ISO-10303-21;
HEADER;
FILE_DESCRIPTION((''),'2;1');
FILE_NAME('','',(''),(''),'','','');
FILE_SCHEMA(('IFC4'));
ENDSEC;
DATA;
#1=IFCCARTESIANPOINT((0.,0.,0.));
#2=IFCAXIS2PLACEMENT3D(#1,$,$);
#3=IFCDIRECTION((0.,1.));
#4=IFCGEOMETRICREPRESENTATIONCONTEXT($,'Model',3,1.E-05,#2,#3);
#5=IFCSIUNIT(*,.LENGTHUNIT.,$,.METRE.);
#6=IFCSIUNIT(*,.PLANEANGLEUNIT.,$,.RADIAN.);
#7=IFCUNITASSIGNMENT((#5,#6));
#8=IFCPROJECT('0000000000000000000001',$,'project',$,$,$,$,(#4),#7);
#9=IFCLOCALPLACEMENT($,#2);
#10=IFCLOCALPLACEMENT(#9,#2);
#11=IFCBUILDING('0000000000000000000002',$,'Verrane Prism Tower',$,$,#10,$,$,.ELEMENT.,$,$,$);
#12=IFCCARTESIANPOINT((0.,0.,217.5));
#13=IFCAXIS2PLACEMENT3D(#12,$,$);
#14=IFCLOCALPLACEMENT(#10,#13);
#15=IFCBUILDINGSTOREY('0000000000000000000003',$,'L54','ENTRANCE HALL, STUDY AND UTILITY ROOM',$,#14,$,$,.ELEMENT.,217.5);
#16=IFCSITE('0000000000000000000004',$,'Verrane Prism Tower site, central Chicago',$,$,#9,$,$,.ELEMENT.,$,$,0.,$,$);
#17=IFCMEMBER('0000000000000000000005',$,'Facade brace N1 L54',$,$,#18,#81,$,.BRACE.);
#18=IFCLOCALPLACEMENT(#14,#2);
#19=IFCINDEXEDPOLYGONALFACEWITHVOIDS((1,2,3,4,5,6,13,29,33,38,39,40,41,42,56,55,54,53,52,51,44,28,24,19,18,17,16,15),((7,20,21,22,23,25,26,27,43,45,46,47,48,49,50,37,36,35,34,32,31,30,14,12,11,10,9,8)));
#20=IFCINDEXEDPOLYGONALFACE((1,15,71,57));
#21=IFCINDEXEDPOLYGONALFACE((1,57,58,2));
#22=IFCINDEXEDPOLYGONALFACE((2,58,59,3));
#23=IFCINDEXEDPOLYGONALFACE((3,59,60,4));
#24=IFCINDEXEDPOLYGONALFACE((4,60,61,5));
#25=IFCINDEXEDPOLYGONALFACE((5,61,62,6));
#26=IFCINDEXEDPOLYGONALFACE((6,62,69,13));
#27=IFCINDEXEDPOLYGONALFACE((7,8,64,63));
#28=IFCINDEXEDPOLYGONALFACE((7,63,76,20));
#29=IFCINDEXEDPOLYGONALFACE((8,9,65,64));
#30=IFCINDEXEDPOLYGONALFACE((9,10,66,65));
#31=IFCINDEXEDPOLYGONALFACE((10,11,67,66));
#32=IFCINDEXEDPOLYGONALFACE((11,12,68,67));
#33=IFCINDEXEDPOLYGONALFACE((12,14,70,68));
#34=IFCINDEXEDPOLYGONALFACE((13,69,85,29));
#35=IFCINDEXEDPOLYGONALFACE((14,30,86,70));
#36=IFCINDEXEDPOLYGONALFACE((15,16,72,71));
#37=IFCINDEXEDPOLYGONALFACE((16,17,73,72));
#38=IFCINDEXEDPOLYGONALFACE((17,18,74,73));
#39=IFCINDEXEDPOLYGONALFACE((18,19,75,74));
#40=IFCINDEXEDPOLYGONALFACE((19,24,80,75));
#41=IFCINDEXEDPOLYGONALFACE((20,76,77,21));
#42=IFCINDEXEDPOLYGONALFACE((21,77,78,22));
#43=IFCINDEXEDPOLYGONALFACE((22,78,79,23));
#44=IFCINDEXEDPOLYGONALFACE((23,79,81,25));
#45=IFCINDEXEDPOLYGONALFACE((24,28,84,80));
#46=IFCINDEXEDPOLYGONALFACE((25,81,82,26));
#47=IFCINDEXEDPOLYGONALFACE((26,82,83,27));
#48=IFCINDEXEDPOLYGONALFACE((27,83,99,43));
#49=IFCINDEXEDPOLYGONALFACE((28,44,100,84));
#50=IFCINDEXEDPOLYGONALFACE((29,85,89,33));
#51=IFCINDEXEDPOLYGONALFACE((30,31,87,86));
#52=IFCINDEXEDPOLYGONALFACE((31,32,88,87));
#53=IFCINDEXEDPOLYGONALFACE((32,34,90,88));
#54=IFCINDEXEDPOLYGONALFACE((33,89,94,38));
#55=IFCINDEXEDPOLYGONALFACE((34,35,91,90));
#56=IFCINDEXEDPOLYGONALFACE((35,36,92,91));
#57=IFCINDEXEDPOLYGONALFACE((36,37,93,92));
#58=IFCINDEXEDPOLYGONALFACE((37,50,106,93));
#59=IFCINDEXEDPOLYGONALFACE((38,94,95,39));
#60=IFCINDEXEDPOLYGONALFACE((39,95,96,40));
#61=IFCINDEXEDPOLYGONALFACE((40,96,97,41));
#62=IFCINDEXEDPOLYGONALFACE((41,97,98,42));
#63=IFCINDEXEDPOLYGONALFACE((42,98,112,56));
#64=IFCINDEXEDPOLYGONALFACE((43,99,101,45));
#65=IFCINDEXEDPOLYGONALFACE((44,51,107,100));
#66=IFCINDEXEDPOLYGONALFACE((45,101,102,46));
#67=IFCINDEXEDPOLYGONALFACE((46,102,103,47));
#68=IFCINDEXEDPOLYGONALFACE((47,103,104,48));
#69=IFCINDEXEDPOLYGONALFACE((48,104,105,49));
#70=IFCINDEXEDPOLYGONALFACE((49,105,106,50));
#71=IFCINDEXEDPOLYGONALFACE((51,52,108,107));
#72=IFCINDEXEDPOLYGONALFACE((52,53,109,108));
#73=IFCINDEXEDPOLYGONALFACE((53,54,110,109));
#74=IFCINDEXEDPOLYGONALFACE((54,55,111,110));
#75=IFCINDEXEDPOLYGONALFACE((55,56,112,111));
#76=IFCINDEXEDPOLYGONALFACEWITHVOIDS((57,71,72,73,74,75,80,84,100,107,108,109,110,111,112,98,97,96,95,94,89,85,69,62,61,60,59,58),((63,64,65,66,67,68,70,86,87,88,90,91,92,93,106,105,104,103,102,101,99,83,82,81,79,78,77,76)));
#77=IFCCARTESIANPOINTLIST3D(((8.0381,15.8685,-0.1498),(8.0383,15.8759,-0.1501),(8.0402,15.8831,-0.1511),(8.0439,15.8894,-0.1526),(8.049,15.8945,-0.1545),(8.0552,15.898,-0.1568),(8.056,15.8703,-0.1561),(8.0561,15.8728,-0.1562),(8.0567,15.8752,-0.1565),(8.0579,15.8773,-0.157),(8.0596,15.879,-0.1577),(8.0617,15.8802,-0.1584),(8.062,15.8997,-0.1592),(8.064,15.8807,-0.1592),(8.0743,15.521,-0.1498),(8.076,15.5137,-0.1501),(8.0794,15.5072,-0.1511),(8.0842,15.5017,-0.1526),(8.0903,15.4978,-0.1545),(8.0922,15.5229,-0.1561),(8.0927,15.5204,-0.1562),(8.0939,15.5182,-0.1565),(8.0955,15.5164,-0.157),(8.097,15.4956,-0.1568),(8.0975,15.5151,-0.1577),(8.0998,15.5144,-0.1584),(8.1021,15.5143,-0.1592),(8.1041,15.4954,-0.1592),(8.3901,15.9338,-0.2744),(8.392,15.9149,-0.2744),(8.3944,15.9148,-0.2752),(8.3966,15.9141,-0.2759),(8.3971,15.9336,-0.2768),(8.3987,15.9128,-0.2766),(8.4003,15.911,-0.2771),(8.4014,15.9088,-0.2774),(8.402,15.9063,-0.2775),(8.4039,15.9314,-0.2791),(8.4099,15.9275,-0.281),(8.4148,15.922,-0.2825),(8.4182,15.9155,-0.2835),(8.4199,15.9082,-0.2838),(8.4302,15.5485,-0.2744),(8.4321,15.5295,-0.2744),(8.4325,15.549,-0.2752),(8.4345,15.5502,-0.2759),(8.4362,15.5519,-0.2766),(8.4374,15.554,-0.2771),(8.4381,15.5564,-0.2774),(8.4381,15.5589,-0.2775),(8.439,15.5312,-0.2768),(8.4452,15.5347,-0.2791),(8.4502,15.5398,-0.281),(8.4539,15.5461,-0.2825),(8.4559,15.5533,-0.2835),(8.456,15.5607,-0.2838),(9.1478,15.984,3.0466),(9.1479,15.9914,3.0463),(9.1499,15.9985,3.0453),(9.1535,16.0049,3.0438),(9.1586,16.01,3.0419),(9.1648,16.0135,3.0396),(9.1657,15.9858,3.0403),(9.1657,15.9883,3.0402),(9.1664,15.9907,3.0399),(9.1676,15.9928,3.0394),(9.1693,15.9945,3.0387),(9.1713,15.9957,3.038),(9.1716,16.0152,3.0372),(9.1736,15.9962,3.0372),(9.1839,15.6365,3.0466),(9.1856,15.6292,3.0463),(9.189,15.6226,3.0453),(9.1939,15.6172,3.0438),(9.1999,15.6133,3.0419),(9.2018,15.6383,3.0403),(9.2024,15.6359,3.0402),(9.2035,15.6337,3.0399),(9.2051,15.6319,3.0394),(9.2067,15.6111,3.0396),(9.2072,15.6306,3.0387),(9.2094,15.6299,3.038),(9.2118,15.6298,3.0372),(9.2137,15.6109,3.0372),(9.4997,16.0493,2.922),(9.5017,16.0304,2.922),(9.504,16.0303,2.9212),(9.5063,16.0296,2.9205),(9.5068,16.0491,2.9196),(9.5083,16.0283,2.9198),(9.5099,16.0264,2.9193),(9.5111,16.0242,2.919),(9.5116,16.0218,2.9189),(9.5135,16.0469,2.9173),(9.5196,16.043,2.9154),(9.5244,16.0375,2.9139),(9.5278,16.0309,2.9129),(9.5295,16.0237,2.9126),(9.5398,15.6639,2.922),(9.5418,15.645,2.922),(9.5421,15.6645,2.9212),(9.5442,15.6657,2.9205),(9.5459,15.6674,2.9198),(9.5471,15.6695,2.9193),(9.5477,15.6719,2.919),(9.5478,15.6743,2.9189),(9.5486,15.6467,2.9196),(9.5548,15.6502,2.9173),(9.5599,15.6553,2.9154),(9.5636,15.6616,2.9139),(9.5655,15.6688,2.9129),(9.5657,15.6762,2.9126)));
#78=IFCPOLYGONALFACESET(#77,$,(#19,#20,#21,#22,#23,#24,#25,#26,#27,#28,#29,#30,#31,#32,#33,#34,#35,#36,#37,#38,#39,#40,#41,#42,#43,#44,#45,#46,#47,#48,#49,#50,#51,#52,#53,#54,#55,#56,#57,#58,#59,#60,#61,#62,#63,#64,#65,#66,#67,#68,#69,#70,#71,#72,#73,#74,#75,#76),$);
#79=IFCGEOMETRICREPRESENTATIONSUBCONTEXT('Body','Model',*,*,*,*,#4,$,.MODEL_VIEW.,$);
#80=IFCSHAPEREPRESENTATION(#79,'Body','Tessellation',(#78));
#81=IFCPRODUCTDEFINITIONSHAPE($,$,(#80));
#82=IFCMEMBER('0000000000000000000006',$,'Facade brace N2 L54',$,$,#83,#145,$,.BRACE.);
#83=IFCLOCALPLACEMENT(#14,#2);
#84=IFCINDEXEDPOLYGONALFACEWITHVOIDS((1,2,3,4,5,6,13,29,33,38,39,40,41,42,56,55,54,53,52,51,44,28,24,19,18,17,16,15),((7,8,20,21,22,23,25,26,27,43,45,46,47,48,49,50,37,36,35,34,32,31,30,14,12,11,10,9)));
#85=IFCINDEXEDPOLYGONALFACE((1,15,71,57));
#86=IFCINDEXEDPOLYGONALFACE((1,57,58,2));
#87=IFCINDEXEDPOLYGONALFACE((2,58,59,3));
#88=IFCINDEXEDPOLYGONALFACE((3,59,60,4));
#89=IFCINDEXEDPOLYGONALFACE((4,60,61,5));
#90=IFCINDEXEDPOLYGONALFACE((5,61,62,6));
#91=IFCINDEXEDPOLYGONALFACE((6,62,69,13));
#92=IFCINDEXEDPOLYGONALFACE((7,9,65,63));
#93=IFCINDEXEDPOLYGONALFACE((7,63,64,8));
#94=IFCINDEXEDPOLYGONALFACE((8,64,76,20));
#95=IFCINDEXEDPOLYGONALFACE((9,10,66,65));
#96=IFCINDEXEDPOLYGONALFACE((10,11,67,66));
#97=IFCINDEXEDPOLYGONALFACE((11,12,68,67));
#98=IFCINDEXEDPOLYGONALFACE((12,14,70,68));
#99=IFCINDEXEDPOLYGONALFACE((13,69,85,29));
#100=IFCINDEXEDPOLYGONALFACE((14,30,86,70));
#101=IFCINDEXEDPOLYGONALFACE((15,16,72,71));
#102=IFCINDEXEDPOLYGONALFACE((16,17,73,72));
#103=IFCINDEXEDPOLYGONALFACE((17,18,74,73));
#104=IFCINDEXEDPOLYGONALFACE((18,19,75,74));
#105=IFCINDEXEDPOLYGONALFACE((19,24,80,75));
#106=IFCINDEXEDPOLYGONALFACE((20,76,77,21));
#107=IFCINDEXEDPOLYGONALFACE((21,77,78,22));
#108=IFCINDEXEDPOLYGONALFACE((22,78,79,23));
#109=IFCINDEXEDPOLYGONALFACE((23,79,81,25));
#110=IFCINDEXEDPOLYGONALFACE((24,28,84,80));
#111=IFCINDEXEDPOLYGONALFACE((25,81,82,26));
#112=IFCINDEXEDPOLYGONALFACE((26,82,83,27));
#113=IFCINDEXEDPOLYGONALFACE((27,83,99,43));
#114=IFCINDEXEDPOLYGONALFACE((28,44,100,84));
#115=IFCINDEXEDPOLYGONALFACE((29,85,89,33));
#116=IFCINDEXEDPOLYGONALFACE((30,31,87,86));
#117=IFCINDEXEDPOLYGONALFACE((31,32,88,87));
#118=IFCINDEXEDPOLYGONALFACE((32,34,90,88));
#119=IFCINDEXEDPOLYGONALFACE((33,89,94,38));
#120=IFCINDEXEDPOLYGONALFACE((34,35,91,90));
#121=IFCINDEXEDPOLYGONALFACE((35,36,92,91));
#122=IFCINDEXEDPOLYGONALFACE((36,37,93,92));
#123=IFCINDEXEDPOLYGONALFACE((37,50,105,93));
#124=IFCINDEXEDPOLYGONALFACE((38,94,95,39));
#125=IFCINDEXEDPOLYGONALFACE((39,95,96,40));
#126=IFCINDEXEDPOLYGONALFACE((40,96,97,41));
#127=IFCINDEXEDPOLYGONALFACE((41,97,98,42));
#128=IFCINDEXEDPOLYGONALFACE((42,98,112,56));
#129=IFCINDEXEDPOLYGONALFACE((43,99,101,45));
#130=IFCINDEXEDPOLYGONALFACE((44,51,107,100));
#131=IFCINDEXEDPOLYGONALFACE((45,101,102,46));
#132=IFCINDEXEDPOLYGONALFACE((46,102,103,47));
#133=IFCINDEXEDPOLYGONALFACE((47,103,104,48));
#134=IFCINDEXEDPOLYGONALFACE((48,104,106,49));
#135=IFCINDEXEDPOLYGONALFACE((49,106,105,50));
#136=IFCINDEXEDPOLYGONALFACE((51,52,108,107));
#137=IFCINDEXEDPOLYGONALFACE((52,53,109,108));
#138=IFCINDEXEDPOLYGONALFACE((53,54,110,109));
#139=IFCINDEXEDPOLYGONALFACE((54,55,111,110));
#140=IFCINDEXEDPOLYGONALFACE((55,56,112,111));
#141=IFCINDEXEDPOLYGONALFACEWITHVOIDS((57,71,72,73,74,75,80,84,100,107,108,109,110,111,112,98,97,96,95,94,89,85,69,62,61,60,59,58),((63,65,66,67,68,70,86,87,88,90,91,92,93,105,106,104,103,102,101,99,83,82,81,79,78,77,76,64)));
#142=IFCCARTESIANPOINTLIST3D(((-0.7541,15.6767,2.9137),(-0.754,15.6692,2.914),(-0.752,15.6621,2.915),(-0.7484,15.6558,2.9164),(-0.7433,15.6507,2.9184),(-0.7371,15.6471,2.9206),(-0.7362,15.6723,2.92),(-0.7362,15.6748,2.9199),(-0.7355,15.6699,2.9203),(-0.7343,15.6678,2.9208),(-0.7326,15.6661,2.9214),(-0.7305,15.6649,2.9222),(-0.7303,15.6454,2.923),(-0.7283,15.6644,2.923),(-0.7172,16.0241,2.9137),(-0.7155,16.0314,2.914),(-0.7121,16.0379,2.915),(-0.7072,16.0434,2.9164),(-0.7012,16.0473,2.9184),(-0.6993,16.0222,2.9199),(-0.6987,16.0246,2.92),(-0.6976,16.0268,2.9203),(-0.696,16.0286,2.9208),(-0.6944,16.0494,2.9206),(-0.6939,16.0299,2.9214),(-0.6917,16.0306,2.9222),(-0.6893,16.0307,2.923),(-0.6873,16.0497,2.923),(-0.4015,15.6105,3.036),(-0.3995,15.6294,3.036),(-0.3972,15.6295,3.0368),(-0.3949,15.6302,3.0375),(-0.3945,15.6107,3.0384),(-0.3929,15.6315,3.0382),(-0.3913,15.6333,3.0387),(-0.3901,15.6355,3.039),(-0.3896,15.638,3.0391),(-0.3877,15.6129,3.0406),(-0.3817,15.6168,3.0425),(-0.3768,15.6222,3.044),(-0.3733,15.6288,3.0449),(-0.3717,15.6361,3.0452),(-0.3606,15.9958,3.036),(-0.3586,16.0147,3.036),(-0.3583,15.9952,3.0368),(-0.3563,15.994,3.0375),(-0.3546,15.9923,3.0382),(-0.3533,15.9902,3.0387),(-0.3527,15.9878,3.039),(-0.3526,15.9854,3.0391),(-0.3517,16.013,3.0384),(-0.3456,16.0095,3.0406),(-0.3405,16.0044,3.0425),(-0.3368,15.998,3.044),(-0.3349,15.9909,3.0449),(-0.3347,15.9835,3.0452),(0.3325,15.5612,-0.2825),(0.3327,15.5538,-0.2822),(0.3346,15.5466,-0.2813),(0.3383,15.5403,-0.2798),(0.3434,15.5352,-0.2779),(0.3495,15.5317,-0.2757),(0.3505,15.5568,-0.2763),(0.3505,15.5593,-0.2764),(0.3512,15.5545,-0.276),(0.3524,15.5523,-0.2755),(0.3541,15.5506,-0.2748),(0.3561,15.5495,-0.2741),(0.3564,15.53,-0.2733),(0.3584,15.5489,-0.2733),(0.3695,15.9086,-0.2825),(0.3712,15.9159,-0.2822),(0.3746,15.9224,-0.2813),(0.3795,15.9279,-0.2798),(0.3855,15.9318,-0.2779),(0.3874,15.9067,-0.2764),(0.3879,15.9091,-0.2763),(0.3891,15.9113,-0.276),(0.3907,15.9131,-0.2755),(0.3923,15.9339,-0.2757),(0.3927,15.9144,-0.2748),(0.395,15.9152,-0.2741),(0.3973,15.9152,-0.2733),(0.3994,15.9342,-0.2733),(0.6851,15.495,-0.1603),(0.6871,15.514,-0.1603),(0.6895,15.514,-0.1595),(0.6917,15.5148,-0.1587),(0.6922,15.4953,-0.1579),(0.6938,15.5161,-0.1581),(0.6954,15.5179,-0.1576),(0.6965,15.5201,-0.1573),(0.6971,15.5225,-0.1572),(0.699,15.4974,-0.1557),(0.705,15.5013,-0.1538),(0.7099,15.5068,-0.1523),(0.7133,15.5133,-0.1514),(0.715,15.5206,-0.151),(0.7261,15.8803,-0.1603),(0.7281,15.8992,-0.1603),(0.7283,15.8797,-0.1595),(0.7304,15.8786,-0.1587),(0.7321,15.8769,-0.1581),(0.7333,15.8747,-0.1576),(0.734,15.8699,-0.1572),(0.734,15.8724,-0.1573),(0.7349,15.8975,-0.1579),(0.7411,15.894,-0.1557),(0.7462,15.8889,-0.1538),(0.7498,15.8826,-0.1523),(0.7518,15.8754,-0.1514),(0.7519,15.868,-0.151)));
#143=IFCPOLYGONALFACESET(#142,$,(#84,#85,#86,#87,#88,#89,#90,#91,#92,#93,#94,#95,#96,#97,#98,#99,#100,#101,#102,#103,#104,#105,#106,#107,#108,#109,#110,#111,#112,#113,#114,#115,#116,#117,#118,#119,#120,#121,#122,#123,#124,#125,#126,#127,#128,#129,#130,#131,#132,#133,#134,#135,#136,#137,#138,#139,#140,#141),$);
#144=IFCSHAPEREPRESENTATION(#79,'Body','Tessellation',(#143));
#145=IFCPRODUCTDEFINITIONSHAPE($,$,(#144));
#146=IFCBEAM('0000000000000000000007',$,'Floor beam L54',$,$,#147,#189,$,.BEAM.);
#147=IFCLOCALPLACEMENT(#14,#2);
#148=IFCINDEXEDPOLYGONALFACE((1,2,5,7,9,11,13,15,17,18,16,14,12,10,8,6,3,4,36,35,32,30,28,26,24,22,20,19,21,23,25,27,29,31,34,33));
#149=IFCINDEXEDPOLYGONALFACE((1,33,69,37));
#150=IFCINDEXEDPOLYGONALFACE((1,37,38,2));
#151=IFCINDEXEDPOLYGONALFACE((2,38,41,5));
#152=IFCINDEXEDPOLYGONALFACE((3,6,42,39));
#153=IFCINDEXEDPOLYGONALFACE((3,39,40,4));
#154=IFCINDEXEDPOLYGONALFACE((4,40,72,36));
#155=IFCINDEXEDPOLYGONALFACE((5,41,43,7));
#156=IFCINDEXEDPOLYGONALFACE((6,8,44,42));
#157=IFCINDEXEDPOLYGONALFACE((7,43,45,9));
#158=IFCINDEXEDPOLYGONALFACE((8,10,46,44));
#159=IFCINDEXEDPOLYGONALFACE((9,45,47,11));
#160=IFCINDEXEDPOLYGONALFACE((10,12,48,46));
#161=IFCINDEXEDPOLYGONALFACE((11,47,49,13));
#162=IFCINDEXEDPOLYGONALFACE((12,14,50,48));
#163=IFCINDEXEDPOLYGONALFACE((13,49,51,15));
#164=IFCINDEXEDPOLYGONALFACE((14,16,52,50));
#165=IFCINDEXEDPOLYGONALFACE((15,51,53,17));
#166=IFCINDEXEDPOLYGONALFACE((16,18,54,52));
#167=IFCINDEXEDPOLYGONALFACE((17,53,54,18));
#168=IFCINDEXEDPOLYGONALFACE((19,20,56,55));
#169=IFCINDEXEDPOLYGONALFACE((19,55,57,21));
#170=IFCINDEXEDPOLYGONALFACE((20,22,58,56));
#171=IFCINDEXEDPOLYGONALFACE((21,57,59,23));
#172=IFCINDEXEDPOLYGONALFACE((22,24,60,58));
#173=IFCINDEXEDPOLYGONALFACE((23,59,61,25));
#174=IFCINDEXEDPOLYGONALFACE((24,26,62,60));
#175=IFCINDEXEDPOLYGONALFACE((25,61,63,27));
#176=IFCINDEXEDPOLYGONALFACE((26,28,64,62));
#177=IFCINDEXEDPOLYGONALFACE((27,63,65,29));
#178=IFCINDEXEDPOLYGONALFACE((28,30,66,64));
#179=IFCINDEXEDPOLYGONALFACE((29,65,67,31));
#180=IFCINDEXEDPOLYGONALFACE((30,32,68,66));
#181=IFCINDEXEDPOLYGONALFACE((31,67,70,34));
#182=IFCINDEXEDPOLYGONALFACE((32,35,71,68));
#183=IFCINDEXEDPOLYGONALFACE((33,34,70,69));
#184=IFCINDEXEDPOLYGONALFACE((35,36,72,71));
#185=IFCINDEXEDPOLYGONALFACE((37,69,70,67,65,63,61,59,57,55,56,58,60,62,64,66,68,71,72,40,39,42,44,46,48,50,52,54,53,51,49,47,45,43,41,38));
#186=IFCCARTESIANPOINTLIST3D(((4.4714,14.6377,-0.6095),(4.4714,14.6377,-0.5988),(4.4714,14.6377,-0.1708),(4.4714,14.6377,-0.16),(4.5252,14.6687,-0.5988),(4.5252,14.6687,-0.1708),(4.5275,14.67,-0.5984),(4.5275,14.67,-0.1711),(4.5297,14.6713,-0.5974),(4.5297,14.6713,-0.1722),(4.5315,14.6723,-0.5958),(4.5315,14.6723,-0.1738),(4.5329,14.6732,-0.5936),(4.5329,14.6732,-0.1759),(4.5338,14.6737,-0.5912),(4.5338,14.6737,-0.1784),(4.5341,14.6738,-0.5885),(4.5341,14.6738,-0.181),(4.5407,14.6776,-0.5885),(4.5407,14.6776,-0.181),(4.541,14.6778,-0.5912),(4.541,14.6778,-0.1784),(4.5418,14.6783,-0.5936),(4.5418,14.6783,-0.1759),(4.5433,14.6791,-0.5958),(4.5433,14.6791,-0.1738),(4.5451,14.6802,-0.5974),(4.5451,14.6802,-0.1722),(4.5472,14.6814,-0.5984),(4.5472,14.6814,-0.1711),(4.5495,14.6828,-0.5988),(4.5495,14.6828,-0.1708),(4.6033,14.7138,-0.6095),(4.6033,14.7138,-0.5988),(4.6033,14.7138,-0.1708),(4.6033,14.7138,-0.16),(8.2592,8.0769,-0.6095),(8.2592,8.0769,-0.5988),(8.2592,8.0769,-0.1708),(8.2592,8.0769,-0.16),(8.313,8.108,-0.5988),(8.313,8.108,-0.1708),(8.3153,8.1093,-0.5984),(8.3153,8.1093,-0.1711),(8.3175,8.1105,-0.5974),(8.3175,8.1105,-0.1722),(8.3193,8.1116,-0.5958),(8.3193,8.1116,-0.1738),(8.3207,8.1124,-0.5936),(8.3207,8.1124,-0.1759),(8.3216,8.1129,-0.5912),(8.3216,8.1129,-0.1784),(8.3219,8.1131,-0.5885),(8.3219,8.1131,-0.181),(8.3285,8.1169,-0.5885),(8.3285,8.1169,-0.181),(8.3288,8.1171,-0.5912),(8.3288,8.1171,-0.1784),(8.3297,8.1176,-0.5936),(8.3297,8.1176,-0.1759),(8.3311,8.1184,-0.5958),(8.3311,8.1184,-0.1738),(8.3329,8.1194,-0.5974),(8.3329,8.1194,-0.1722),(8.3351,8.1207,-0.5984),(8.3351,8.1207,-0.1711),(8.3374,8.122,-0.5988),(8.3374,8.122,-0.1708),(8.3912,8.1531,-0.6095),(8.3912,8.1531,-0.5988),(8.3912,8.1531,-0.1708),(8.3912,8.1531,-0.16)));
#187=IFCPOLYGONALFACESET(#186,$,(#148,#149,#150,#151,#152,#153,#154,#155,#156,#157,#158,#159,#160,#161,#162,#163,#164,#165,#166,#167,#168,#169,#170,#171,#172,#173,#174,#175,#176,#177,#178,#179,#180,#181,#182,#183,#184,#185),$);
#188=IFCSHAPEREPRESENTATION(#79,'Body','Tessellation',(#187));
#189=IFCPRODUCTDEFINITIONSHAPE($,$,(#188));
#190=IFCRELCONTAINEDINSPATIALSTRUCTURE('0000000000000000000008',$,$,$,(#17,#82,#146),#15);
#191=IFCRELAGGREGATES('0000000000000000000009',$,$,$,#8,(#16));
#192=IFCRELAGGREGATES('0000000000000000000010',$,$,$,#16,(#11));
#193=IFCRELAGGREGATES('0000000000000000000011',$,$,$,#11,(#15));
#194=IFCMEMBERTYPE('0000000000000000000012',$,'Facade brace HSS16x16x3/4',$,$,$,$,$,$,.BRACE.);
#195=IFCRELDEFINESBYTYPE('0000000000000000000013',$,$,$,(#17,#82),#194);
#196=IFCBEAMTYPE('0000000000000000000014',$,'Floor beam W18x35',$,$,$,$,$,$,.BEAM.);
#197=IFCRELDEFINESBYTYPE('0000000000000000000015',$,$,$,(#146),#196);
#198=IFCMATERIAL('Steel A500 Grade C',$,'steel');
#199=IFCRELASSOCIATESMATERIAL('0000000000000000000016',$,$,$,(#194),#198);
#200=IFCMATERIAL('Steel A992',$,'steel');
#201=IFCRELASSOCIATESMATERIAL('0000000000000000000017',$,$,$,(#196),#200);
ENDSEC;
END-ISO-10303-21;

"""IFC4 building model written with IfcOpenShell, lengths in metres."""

from ifc_helpers import new_model, si_unit, direction, frame, origin, origin_2d, place, context, subcontext, project, spatial, hollow_rectangle, i_section, extrude, material, material_profile, profile_set, type_object, element, save


model = new_model("IFC4")

# Units and contexts
model_context = context("Model", 3, precision=1e-05, world=origin(), true_north=direction((0.0, 1.0)))
body_context = subcontext(model_context, "Body", "Model", "MODEL_VIEW")
ifc_project = project(units=[si_unit("LENGTHUNIT", "METRE"), si_unit("PLANEANGLEUNIT", "RADIAN")], contexts=[model_context])

# Site, building, storey
site_placement = place(None, origin())
site = spatial("IfcSite", under=ifc_project, at=site_placement, Name="Verrane Prism Tower site, central Chicago", CompositionType="ELEMENT", RefElevation=0.0)
building_placement = place(site_placement, origin())
building = spatial("IfcBuilding", under=site, at=building_placement, Name="Verrane Prism Tower", CompositionType="ELEMENT")
storey_placement = place(building_placement, frame((0.0, 0.0, 217.5)))
storey = spatial("IfcBuildingStorey", under=building, at=storey_placement, Name="L54", Description="ENTRANCE HALL, STUDY AND UTILITY ROOM", CompositionType="ELEMENT", Elevation=217.5)

# Members
ifc_material_1 = material(Name="Steel A500 Grade C", Category="steel")
ifc_material_profile_1 = material_profile(ifc_material_1, hollow_rectangle(XDim=0.4065, YDim=0.4065, WallThickness=0.019, InnerFilletRadius=0.0095, OuterFilletRadius=0.0286, at=origin_2d()), Name="HSS16x16x3/4")
ifc_profile_set_1 = profile_set([ifc_material_profile_1], Name="Steel A500 Grade C")
member_type_1 = type_object("IfcMemberType", Name="Facade brace HSS16x16x3/4", PredefinedType="BRACE", material=ifc_profile_set_1)
member_1_placement = place(storey_placement, frame((8.2471, 15.7146, -0.2168), z_axis=(0.327767, 0.034111, 0.944143), x_axis=(-0.103511, 0.994628, 0.0)))
element("IfcMember", 1, at=member_1_placement, inside=storey, type_object=member_type_1, Name="Facade brace N1 L54", PredefinedType="BRACE", context=body_context, shape_type="SweptSolid", body=[
    extrude(hollow_rectangle(XDim=0.4065, YDim=0.4065, WallThickness=0.019, InnerFilletRadius=0.0095, OuterFilletRadius=0.0286, at=origin_2d()), origin(), (0.0, 0.0, 1.0), 3.3855),
])
member_2_placement = place(storey_placement, frame((0.5422, 15.7146, -0.2168), z_axis=(-0.321696, 0.034186, 0.946226), x_axis=(-0.105673, -0.994401, 0.0)))
element("IfcMember", 2, at=member_2_placement, inside=storey, type_object=member_type_1, Name="Facade brace N2 L54", PredefinedType="BRACE", context=body_context, shape_type="SweptSolid", body=[
    extrude(hollow_rectangle(XDim=0.4065, YDim=0.4065, WallThickness=0.019, InnerFilletRadius=0.0095, OuterFilletRadius=0.0286, at=origin_2d()), origin(), (0.0, 0.0, 1.0), 3.3779),
])

# Beam
ifc_material_2 = material(Name="Steel A992", Category="steel")
ifc_material_profile_2 = material_profile(ifc_material_2, i_section(OverallWidth=0.1523, OverallDepth=0.4495, WebThickness=0.0076, FlangeThickness=0.0107, FilletRadius=0.0103, at=origin_2d()), Name="W18x35")
ifc_profile_set_2 = profile_set([ifc_material_profile_2], Name="Steel A992")
beam_type_1 = type_object("IfcBeamType", Name="Floor beam W18x35", PredefinedType="BEAM", material=ifc_profile_set_2)
beam_1_placement = place(storey_placement, frame((8.3252, 8.115, -0.3848), z_axis=(-0.499997, 0.866027, 0.0), x_axis=(-0.866027, -0.499997, 0.0)))
element("IfcBeam", 3, at=beam_1_placement, inside=storey, type_object=beam_type_1, Name="Floor beam L54", PredefinedType="BEAM", context=body_context, shape_type="SweptSolid", body=[
    extrude(i_section(OverallWidth=0.1523, OverallDepth=0.4495, WebThickness=0.0076, FlangeThickness=0.0107, FilletRadius=0.0103, at=origin_2d()), origin(), (0.0, 0.0, 1.0), 7.5757),
])

save(model, "model.ifc")
